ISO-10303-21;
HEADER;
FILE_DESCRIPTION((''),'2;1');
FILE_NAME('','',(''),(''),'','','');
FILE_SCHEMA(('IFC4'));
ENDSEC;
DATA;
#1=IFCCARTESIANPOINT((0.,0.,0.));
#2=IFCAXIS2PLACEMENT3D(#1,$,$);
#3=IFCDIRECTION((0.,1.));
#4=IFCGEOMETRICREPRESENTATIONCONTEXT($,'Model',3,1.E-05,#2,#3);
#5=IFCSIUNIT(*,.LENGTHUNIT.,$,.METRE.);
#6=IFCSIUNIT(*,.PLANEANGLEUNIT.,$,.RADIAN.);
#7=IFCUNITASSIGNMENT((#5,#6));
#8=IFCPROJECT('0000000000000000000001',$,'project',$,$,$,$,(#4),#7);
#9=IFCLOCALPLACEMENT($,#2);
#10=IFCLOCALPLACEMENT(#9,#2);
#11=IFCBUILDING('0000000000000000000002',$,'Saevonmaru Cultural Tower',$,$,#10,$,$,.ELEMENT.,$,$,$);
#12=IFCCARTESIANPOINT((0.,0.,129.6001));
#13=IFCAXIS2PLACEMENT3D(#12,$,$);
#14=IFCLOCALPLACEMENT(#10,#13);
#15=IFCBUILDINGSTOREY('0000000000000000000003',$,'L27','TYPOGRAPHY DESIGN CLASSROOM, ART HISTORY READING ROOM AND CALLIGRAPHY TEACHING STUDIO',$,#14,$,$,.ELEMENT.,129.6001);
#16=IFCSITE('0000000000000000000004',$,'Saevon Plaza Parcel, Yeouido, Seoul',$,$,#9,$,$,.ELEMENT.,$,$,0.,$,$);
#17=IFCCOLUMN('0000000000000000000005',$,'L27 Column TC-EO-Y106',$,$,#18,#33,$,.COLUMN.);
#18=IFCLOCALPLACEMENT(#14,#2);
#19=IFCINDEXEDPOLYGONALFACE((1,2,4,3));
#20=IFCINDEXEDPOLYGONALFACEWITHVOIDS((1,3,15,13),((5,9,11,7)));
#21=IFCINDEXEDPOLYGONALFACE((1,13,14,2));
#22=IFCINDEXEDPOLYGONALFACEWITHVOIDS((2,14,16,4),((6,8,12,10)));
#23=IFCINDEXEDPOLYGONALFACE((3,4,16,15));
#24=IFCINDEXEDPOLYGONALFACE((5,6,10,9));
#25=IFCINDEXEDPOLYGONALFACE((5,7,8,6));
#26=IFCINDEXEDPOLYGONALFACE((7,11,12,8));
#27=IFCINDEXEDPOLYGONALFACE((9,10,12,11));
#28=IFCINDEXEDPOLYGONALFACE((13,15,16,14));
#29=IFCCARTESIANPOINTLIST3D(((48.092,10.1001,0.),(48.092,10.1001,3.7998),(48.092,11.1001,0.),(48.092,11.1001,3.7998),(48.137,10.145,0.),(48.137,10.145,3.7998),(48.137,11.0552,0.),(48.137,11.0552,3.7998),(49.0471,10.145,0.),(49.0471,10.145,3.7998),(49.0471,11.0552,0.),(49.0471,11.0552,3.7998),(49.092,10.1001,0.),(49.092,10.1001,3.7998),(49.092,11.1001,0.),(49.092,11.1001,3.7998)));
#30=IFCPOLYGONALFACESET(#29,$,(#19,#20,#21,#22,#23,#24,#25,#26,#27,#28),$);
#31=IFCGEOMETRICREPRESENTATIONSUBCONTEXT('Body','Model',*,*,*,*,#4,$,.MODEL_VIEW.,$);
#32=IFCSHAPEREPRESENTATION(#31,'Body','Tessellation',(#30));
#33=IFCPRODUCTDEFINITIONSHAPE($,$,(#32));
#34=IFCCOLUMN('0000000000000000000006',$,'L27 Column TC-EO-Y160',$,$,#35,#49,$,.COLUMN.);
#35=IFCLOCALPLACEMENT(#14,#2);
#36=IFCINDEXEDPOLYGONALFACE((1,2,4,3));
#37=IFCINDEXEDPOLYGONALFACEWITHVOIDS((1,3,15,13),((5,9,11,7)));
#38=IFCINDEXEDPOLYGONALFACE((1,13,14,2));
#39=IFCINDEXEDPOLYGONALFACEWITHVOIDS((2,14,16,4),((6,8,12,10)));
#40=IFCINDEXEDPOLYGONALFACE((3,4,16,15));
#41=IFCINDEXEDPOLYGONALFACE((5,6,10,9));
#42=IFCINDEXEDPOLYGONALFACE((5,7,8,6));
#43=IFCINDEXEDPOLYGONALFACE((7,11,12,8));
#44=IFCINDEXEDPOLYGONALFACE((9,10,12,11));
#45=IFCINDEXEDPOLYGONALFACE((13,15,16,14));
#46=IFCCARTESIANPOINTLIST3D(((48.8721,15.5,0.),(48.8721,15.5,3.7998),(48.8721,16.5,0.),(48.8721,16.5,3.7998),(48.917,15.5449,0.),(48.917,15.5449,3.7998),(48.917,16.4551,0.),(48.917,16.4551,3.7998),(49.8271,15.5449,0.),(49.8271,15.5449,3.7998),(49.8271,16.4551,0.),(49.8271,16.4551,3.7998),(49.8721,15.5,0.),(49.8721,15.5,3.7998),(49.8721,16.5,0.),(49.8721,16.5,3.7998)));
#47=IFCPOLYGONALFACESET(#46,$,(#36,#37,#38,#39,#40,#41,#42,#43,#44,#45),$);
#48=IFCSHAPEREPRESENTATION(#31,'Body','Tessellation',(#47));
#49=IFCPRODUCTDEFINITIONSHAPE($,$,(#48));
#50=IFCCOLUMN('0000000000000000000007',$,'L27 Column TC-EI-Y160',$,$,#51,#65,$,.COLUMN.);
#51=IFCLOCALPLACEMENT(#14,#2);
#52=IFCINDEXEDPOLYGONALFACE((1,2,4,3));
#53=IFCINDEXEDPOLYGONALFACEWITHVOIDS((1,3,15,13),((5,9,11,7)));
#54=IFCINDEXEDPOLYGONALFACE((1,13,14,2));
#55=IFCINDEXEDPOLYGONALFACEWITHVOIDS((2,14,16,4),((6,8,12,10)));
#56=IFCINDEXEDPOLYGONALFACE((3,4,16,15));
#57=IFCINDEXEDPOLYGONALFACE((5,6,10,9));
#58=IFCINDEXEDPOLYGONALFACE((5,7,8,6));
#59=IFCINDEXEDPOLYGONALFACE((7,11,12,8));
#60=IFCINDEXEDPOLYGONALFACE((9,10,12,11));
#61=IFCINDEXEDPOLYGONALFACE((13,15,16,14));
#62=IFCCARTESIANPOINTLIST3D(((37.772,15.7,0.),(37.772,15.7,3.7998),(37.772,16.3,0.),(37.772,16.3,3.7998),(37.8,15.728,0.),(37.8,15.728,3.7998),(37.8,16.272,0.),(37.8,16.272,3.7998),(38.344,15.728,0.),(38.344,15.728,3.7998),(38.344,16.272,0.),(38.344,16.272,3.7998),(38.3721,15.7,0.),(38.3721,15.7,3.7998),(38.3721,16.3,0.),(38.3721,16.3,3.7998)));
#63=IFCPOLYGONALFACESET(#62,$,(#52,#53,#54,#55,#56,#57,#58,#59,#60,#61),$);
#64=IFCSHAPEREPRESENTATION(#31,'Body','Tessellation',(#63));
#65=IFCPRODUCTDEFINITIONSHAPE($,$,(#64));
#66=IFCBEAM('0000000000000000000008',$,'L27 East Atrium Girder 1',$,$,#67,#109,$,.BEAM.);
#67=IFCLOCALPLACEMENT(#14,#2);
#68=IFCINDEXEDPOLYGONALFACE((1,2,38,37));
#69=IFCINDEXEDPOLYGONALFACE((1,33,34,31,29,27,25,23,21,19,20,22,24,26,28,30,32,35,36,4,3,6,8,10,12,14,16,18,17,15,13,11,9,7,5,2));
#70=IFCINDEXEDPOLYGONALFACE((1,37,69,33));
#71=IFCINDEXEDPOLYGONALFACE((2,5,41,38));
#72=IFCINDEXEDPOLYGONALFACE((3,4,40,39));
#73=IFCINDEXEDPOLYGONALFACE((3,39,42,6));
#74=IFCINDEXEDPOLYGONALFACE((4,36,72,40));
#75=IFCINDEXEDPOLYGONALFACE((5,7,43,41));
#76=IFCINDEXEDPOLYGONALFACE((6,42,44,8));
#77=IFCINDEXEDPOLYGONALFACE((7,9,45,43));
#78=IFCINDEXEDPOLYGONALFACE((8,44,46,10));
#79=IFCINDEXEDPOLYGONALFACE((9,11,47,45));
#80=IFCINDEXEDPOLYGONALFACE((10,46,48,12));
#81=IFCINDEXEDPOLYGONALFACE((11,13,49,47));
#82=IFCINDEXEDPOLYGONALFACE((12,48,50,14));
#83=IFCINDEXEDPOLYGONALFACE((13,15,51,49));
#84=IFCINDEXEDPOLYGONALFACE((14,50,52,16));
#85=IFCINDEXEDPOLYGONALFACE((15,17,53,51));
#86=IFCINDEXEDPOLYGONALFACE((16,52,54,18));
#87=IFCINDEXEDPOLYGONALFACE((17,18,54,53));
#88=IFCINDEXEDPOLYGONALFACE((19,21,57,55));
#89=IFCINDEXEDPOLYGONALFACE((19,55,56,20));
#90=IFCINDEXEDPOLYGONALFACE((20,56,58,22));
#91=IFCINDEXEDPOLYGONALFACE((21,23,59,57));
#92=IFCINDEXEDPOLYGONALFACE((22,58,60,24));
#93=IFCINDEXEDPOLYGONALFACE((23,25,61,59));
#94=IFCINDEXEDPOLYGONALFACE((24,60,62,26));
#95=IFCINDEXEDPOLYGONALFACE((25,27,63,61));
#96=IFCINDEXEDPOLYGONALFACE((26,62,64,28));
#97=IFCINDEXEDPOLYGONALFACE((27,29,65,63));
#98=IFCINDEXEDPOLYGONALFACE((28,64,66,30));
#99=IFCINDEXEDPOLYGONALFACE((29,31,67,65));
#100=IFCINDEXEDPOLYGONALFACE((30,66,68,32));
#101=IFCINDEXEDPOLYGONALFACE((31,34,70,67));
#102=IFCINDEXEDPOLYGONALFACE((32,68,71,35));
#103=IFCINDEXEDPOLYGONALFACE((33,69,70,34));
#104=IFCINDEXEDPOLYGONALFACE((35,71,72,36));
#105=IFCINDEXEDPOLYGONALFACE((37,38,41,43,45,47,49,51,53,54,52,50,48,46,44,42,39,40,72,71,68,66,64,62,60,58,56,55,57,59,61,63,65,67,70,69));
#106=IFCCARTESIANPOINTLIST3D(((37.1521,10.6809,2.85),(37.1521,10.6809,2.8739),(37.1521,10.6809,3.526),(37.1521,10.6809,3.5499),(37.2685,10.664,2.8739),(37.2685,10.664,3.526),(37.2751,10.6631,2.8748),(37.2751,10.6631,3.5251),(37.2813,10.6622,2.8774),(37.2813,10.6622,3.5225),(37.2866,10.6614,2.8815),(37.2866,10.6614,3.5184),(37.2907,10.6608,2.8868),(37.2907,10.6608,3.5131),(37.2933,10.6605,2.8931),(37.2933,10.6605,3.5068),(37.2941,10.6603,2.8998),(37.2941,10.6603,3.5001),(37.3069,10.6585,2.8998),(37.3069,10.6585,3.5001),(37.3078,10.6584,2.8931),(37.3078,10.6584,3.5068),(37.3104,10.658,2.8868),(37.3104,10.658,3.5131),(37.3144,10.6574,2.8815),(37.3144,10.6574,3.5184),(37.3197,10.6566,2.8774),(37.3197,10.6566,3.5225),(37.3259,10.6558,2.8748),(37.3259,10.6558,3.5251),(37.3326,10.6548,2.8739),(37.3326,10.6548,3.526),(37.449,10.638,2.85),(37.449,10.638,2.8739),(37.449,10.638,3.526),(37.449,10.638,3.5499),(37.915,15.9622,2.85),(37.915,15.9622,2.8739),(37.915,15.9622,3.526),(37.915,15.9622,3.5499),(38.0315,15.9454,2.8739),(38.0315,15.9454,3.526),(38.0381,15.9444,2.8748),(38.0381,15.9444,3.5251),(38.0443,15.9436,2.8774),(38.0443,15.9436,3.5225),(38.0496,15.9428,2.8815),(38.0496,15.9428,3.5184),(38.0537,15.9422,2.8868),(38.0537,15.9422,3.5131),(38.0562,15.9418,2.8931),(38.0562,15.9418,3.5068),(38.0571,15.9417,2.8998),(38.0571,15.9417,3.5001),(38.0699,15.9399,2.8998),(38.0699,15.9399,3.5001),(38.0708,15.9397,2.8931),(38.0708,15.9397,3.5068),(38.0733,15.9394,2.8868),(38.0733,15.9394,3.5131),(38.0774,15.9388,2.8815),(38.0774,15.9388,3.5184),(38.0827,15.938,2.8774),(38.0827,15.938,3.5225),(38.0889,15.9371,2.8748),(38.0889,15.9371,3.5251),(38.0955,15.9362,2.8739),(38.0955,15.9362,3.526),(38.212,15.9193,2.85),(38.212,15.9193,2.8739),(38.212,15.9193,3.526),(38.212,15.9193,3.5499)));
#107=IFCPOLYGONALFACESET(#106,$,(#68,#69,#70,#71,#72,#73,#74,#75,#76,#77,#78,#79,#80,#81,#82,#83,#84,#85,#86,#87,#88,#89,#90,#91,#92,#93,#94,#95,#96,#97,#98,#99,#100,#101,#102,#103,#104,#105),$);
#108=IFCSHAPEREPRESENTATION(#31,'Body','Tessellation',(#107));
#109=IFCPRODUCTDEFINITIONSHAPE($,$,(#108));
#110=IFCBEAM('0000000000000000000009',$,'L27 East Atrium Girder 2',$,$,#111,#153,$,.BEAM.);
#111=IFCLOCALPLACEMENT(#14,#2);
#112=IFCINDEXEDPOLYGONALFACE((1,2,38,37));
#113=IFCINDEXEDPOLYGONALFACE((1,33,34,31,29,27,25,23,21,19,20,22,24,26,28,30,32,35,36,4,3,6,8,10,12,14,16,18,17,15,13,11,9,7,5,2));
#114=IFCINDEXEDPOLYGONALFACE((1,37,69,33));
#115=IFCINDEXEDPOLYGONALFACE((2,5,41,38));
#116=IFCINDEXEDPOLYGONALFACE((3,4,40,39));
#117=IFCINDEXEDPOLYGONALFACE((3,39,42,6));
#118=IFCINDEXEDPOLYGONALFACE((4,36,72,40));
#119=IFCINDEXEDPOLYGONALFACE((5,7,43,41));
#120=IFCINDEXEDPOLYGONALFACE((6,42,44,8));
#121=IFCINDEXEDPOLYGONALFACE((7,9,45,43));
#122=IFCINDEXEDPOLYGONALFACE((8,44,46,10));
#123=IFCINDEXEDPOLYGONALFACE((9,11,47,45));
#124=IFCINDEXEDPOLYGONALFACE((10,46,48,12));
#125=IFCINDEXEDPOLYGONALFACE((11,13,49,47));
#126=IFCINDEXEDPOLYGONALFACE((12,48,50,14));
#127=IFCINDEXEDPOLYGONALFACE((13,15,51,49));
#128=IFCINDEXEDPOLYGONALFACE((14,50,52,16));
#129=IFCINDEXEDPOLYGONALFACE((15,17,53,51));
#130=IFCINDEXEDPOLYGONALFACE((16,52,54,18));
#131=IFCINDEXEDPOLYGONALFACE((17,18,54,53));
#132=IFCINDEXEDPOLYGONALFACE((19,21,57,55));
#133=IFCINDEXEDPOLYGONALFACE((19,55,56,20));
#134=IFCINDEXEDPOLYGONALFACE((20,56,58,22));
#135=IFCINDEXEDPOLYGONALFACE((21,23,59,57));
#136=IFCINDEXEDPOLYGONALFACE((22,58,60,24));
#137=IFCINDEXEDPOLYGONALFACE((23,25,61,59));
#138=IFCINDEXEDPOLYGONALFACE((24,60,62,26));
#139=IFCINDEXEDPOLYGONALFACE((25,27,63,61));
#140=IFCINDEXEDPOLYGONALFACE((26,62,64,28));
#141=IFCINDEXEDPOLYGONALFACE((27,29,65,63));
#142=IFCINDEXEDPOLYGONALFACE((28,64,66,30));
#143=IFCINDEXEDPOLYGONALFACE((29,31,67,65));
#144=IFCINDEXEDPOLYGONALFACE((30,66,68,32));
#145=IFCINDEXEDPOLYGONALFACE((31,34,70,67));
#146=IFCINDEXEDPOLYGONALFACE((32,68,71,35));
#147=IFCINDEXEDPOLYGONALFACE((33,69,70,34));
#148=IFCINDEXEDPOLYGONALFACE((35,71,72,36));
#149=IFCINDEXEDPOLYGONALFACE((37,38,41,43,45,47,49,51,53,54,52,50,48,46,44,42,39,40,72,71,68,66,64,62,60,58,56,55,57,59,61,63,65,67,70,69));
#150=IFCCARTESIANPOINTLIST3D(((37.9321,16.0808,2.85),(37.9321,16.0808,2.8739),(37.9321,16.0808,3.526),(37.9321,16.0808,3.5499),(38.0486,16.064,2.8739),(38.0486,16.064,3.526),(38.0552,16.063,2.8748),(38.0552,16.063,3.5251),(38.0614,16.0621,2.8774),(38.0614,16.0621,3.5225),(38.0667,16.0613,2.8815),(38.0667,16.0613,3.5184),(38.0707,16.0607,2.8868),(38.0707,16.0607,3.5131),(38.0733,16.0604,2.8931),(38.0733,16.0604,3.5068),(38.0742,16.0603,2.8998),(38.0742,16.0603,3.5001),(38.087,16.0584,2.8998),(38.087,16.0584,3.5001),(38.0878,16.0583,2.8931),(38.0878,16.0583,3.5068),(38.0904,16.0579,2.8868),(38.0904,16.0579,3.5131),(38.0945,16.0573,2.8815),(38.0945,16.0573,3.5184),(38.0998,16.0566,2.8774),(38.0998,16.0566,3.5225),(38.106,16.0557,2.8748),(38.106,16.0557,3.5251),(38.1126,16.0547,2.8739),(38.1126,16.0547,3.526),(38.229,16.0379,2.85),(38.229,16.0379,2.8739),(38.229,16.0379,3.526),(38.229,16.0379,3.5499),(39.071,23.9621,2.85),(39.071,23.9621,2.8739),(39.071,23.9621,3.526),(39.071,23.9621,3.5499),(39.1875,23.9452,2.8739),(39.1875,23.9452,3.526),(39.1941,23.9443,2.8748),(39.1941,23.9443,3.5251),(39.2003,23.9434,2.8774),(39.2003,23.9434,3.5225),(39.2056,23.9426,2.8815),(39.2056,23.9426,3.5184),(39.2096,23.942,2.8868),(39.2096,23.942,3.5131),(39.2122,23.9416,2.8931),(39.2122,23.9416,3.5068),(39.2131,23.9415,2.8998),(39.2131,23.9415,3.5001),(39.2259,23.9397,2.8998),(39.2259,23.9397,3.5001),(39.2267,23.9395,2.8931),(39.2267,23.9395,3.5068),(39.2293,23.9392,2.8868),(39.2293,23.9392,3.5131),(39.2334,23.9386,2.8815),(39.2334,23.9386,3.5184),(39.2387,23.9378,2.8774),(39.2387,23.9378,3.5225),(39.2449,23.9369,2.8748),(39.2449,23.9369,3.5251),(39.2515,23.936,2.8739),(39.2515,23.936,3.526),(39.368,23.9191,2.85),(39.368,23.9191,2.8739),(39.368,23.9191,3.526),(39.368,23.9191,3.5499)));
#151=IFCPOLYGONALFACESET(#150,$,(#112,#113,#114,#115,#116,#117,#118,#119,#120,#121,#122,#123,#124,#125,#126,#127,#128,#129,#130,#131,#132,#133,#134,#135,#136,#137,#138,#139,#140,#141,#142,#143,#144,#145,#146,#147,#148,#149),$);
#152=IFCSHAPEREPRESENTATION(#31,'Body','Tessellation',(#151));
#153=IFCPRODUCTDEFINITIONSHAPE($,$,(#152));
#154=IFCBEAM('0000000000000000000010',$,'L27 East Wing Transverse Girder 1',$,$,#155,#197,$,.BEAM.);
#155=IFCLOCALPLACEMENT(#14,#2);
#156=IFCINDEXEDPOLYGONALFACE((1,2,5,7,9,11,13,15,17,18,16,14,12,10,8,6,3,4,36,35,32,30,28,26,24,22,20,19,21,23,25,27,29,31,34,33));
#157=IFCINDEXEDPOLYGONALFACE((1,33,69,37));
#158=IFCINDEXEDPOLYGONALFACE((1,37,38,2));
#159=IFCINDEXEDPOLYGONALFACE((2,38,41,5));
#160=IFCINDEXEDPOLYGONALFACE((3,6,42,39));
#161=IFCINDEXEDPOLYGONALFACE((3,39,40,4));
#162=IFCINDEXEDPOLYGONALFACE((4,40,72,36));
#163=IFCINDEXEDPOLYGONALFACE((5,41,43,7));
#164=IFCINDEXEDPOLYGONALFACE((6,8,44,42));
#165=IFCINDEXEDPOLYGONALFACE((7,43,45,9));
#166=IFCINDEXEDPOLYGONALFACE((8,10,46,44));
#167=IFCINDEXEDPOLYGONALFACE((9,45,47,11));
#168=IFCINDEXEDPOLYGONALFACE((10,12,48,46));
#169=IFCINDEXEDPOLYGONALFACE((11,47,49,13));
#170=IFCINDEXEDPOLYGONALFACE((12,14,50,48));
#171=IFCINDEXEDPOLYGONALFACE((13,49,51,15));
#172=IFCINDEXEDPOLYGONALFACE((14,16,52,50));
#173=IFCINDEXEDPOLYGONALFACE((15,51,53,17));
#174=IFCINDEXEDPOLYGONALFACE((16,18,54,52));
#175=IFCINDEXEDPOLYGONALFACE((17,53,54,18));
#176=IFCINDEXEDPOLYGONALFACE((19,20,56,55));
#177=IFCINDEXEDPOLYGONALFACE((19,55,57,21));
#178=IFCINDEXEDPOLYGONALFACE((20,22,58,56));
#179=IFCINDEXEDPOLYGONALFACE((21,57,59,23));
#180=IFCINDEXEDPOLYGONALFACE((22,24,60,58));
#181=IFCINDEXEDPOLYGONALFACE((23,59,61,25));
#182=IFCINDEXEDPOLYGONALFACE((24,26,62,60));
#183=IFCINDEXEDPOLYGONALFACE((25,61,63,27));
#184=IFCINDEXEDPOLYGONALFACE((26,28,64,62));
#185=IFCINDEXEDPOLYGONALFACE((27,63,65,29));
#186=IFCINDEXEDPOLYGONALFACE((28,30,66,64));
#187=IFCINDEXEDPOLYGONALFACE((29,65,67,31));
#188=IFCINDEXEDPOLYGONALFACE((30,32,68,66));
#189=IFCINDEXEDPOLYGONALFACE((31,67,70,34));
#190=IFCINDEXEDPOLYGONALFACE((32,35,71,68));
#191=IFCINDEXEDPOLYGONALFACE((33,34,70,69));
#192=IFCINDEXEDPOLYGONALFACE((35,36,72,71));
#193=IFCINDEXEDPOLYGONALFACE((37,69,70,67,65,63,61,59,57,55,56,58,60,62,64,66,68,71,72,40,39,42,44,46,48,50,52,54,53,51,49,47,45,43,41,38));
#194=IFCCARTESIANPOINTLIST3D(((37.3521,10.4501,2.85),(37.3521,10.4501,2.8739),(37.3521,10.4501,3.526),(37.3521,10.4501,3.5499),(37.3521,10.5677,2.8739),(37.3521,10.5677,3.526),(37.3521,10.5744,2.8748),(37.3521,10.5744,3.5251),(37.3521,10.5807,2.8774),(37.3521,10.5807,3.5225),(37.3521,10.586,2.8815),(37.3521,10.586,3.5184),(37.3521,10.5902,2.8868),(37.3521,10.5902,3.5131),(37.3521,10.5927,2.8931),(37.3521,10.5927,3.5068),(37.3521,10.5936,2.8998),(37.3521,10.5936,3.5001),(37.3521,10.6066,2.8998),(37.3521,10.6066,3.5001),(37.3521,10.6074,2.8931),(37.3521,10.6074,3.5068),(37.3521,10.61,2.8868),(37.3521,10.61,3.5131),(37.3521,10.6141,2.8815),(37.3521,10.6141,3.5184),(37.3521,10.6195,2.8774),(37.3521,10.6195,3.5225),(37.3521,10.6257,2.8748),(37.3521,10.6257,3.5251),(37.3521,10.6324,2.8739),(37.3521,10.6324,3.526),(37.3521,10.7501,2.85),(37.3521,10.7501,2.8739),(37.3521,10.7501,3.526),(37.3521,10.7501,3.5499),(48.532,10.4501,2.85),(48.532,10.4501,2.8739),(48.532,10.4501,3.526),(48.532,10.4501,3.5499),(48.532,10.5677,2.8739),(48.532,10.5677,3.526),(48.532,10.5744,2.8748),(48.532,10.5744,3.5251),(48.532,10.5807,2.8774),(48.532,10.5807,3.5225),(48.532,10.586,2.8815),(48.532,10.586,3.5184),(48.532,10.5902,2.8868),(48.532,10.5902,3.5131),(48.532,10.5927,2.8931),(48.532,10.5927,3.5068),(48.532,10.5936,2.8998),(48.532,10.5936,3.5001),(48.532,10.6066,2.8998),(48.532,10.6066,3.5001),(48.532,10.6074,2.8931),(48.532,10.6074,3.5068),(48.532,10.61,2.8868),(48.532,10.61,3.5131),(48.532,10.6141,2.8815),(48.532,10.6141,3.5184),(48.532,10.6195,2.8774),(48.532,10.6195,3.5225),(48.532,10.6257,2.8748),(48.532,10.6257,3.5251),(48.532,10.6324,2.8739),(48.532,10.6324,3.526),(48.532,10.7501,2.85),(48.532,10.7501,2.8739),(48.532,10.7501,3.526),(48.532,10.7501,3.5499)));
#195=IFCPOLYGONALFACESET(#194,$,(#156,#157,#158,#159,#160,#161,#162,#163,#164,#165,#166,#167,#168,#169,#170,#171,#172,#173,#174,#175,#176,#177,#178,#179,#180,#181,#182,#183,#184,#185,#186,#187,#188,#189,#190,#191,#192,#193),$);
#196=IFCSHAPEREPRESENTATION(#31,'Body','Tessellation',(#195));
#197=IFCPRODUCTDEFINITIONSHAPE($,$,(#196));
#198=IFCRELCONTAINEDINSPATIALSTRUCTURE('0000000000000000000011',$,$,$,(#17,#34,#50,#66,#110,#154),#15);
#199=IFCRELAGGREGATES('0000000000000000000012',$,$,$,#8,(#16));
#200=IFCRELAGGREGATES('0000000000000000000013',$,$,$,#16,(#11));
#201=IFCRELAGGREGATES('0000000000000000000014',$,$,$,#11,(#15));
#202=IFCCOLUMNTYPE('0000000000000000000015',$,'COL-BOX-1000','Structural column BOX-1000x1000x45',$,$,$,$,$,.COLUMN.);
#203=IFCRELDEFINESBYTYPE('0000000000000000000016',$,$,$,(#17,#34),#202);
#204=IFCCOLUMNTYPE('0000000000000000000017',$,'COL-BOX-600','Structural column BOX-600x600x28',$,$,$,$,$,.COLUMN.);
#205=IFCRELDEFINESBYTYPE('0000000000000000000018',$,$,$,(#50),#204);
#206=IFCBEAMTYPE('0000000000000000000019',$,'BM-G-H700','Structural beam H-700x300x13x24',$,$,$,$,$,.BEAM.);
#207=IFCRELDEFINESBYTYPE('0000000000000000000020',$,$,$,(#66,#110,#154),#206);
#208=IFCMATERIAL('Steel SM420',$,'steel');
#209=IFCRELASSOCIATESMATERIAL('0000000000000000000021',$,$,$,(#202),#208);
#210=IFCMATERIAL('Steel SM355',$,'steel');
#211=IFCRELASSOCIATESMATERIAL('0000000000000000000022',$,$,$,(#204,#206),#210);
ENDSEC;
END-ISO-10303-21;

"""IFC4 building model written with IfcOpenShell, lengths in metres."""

from ifc_helpers import new_model, si_unit, direction, frame, origin, origin_2d, place, context, subcontext, project, spatial, hollow_rectangle, i_section, extrude, material, material_profile, profile_set, type_object, element, save


model = new_model("IFC4")

# Units and contexts
model_context = context("Model", 3, precision=1e-05, world=origin(), true_north=direction((0.0, 1.0)))
body_context = subcontext(model_context, "Body", "Model", "MODEL_VIEW")
ifc_project = project(units=[si_unit("LENGTHUNIT", "METRE"), si_unit("PLANEANGLEUNIT", "RADIAN")], contexts=[model_context])

# Site, building, storey
site_placement = place(None, origin())
site = spatial("IfcSite", under=ifc_project, at=site_placement, Name="Saevon Plaza Parcel, Yeouido, Seoul", CompositionType="ELEMENT", RefElevation=0.0)
building_placement = place(site_placement, origin())
building = spatial("IfcBuilding", under=site, at=building_placement, Name="Saevonmaru Cultural Tower", CompositionType="ELEMENT")
storey_placement = place(building_placement, frame((0.0, 0.0, 129.6001)))
storey = spatial("IfcBuildingStorey", under=building, at=storey_placement, Name="L27", Description="TYPOGRAPHY DESIGN CLASSROOM, ART HISTORY READING ROOM AND CALLIGRAPHY TEACHING STUDIO", CompositionType="ELEMENT", Elevation=129.6001)

# Columns
ifc_material_1 = material(Name="Steel SM420", Category="steel")
ifc_material_profile_1 = material_profile(ifc_material_1, hollow_rectangle(XDim=1.0, YDim=1.0, WallThickness=0.0449, at=origin_2d()), Name="BOX-1000x1000x45")
ifc_profile_set_1 = profile_set([ifc_material_profile_1], Name="Steel SM420")
column_type_1 = type_object("IfcColumnType", Name="COL-BOX-1000", Description="Structural column BOX-1000x1000x45", PredefinedType="COLUMN", material=ifc_profile_set_1)
for number, where, z_axis, x_axis, name in (
    (1, (48.592, 10.6001, 0.0), (0.0, 0.0, 1.0), (1.0, 0.0, 0.0), "L27 Column TC-EO-Y106"),
    (2, (49.3721, 16.0, 0.0), (0.0, 0.0, 1.0), (1.0, 0.0, 0.0), "L27 Column TC-EO-Y160"),
):
    element("IfcColumn", number, at=place(storey_placement, frame(where, z_axis=z_axis, x_axis=x_axis)), inside=storey, type_object=column_type_1, Name=name, PredefinedType="COLUMN", context=body_context, shape_type="SweptSolid", body=[
        extrude(hollow_rectangle(XDim=1.0, YDim=1.0, WallThickness=0.0449, at=origin_2d()), origin(), (0.0, 0.0, 1.0), 3.7998),
    ])
ifc_material_2 = material(Name="Steel SM355", Category="steel")
ifc_material_profile_2 = material_profile(ifc_material_2, hollow_rectangle(XDim=0.6001, YDim=0.6001, WallThickness=0.0281, at=origin_2d()), Name="BOX-600x600x28")
ifc_profile_set_2 = profile_set([ifc_material_profile_2], Name="Steel SM355")
column_type_2 = type_object("IfcColumnType", Name="COL-BOX-600", Description="Structural column BOX-600x600x28", PredefinedType="COLUMN", material=ifc_profile_set_2)
column_placement = place(storey_placement, frame((38.072, 16.0, 0.0), z_axis=(0.0, 0.0, 1.0), x_axis=(1.0, 0.0, 0.0)))
element("IfcColumn", 3, at=column_placement, inside=storey, type_object=column_type_2, Name="L27 Column TC-EI-Y160", PredefinedType="COLUMN", context=body_context, shape_type="SweptSolid", body=[
    extrude(hollow_rectangle(XDim=0.6001, YDim=0.6001, WallThickness=0.0281, at=origin_2d()), origin(), (0.0, 0.0, 1.0), 3.7998),
])

# Beams
ifc_material_profile_3 = material_profile(ifc_material_2, i_section(OverallWidth=0.3, OverallDepth=0.7, WebThickness=0.0129, FlangeThickness=0.0239, FilletRadius=0.0259, at=origin_2d()), Name="H-700x300x13x24")
ifc_profile_set_3 = profile_set([ifc_material_profile_3], Name="Steel SM355")
beam_type_1 = type_object("IfcBeamType", Name="BM-G-H700", Description="Structural beam H-700x300x13x24", PredefinedType="BEAM", material=ifc_profile_set_3)
beam_1_placement = place(storey_placement, frame((37.3005, 10.6594, 3.2), z_axis=(0.142978, 0.989726, 0.0), x_axis=(-0.989726, 0.142978, 0.0)))
element("IfcBeam", 4, at=beam_1_placement, inside=storey, type_object=beam_type_1, Name="L27 East Atrium Girder 1", PredefinedType="BEAM", context=body_context, shape_type="SweptSolid", body=[
    extrude(i_section(OverallWidth=0.3, OverallDepth=0.7, WebThickness=0.0129, FlangeThickness=0.0239, FilletRadius=0.0259, at=origin_2d()), origin(), (0.0, 0.0, 1.0), 5.3362),
])
beam_2_placement = place(storey_placement, frame((38.0806, 16.0593, 3.2), z_axis=(0.143022, 0.989719, 0.0), x_axis=(-0.989719, 0.143022, 0.0)))
element("IfcBeam", 5, at=beam_2_placement, inside=storey, type_object=beam_type_1, Name="L27 East Atrium Girder 2", PredefinedType="BEAM", context=body_context, shape_type="SweptSolid", body=[
    extrude(i_section(OverallWidth=0.3, OverallDepth=0.7, WebThickness=0.0129, FlangeThickness=0.0239, FilletRadius=0.0259, at=origin_2d()), origin(), (0.0, 0.0, 1.0), 7.9631),
])
for number, where, z_axis, x_axis, name in (
    (6, (37.3521, 10.6001, 3.2), (1.0, 0.0, 0.0), (0.0, 1.0, 0.0), "L27 East Wing Transverse Girder 1"),
):
    element("IfcBeam", number, at=place(storey_placement, frame(where, z_axis=z_axis, x_axis=x_axis)), inside=storey, type_object=beam_type_1, Name=name, PredefinedType="BEAM", context=body_context, shape_type="SweptSolid", body=[
        extrude(i_section(OverallWidth=0.3, OverallDepth=0.7, WebThickness=0.0129, FlangeThickness=0.0239, FilletRadius=0.0259, at=origin_2d()), origin(), (0.0, 0.0, 1.0), 11.1799),
    ])

save(model, "model.ifc")
